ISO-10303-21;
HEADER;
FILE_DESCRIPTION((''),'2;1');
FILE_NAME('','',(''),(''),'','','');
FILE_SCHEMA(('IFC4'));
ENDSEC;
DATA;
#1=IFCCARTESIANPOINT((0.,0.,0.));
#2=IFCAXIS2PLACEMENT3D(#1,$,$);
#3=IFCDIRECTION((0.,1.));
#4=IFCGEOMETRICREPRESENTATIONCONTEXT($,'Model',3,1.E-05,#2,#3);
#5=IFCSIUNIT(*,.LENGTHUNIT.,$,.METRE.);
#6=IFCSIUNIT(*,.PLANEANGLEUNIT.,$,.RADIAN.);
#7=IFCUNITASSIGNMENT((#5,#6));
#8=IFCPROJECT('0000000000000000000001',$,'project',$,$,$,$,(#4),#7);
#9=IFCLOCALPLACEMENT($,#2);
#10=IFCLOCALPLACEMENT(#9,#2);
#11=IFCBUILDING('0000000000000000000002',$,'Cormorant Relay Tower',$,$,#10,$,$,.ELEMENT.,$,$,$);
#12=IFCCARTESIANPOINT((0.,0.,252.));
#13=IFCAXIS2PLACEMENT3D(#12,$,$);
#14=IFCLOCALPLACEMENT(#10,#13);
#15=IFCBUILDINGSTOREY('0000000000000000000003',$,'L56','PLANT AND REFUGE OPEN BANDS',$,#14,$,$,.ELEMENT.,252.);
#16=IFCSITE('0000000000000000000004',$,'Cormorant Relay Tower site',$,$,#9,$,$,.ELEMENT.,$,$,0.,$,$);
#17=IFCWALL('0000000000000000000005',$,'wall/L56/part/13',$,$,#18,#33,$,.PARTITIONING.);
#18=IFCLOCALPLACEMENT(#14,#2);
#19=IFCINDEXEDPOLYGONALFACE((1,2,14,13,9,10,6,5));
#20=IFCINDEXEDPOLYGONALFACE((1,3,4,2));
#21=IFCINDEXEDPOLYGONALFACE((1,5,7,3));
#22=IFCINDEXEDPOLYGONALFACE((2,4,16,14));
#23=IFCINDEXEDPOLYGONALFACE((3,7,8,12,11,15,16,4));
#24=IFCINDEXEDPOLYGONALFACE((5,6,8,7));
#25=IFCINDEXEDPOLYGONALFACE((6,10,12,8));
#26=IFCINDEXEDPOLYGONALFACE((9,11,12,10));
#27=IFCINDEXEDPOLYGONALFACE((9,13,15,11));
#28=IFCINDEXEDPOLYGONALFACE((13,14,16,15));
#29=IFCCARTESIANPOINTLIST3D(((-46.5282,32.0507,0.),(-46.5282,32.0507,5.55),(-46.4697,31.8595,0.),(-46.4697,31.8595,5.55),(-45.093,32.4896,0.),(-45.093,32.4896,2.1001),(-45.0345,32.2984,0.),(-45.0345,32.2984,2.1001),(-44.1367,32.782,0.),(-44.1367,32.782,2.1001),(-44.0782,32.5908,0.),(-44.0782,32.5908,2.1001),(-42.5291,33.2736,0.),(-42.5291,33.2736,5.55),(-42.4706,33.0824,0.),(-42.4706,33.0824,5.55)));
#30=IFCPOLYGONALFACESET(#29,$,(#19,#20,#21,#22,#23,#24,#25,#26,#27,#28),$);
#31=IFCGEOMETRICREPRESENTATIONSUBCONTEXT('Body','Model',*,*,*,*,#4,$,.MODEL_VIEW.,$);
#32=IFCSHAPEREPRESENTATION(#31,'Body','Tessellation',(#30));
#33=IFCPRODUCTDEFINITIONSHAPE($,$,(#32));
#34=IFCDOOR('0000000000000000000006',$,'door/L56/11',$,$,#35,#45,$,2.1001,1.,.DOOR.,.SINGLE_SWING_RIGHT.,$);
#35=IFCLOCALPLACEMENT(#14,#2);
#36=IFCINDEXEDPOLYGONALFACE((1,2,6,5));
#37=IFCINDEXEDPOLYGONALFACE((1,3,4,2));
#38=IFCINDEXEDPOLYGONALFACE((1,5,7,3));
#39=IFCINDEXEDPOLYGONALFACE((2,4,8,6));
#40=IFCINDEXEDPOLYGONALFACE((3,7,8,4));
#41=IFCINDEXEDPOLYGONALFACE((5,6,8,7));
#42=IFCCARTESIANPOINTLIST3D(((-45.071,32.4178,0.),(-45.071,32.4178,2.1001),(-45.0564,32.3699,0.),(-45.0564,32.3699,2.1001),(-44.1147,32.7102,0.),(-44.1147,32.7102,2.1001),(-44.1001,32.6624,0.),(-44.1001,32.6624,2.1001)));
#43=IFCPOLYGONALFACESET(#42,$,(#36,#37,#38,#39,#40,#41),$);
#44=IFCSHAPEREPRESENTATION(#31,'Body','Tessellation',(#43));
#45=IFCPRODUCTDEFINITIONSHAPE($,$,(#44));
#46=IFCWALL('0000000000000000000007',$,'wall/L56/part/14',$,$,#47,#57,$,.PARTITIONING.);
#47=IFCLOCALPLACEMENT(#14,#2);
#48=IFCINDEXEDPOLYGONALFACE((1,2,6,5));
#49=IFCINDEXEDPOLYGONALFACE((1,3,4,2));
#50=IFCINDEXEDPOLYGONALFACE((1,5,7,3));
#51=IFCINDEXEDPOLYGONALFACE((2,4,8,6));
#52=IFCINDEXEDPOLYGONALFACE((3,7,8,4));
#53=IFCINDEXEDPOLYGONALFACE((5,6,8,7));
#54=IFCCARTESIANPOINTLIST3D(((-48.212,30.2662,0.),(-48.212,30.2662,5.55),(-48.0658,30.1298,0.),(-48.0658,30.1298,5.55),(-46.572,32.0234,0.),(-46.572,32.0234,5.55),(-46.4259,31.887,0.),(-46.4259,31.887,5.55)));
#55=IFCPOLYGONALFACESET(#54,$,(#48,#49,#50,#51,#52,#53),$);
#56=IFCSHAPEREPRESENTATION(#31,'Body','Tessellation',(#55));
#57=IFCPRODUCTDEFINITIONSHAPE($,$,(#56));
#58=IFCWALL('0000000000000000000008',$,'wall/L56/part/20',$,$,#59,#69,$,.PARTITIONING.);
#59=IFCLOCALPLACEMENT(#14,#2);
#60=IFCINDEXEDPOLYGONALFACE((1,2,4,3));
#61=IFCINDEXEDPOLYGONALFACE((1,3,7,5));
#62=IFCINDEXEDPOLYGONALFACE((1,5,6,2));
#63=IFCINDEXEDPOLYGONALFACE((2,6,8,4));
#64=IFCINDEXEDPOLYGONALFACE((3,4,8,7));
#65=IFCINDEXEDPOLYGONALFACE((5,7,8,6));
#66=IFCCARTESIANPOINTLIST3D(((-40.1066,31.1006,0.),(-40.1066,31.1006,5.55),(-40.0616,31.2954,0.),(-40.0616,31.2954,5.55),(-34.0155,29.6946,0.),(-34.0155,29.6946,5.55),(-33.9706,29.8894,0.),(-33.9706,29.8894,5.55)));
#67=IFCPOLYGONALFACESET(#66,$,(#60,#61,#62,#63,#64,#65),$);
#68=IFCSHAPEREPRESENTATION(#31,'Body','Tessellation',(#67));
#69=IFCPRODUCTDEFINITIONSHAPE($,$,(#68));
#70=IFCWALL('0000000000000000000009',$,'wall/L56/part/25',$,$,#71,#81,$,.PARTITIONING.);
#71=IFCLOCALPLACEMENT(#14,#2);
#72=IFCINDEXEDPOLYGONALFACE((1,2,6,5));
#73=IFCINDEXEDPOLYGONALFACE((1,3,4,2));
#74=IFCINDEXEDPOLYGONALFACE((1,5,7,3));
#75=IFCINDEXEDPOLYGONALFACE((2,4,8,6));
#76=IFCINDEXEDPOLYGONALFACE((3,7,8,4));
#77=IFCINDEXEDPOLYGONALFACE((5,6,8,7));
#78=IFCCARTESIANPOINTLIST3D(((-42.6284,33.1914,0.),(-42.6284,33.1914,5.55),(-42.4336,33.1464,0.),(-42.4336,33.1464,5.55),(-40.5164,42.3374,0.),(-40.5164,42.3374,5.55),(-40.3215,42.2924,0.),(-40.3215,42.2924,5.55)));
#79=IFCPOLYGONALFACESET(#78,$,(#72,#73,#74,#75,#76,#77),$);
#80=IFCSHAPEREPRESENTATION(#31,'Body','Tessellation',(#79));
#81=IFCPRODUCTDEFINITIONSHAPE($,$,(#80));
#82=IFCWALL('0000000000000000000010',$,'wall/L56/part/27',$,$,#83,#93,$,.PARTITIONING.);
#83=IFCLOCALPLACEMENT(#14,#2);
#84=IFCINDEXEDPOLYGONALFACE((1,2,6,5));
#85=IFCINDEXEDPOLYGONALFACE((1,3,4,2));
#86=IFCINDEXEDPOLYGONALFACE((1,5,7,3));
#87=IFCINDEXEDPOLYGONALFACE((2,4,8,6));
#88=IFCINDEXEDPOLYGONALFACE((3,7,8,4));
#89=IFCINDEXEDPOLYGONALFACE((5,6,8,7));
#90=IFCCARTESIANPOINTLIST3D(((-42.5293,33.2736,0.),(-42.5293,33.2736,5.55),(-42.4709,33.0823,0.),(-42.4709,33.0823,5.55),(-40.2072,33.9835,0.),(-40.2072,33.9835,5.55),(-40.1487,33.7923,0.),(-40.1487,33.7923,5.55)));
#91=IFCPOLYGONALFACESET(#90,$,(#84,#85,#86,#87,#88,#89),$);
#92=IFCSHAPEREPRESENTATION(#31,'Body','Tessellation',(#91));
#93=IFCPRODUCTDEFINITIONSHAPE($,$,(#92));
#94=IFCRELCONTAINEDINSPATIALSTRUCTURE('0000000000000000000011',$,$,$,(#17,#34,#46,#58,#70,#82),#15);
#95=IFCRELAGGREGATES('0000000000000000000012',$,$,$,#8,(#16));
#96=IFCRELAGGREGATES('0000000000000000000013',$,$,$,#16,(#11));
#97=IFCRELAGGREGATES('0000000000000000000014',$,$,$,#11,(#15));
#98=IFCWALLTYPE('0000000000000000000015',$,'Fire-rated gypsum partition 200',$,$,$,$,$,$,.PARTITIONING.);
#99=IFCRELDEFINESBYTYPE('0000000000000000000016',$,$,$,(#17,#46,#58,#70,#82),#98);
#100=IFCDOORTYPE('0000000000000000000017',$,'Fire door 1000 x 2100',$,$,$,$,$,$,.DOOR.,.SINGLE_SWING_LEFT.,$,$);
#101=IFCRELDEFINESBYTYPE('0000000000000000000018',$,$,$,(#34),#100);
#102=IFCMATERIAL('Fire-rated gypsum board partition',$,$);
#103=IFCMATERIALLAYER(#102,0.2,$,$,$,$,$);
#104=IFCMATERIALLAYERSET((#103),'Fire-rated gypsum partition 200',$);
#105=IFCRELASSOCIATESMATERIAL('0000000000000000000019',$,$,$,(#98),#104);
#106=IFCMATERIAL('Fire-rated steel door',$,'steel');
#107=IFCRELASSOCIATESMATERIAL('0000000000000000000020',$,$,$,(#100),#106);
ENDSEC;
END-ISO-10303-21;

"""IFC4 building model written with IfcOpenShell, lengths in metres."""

from ifc_helpers import new_model, si_unit, direction, frame, frame_2d, origin, place, context, subcontext, project, spatial, rectangle, extrude, material, layer, layer_set, type_object, element, fill, save


model = new_model("IFC4")

# Units and contexts
model_context = context("Model", 3, precision=1e-05, world=origin(), true_north=direction((0.0, 1.0)))
body_context = subcontext(model_context, "Body", "Model", "MODEL_VIEW")
ifc_project = project(units=[si_unit("LENGTHUNIT", "METRE"), si_unit("PLANEANGLEUNIT", "RADIAN")], contexts=[model_context])

# Site, building, storey
site_placement = place(None, origin())
site = spatial("IfcSite", under=ifc_project, at=site_placement, Name="Cormorant Relay Tower site", CompositionType="ELEMENT", RefElevation=0.0)
building_placement = place(site_placement, origin())
building = spatial("IfcBuilding", under=site, at=building_placement, Name="Cormorant Relay Tower", CompositionType="ELEMENT")
storey_placement = place(building_placement, frame((0.0, 0.0, 252.0)))
storey = spatial("IfcBuildingStorey", under=building, at=storey_placement, Name="L56", Description="PLANT AND REFUGE OPEN BANDS", CompositionType="ELEMENT", Elevation=252.0)

# Shared definitions
ifc_material_1 = material(Name="Fire-rated gypsum board partition")
ifc_layer_1 = layer(ifc_material_1, 0.2)
ifc_layer_set_1 = layer_set([ifc_layer_1], Name="Fire-rated gypsum partition 200")
wall_type = type_object("IfcWallType", Name="Fire-rated gypsum partition 200", PredefinedType="PARTITIONING", material=ifc_layer_set_1)

# Wall, opening, door
wall_1_placement = place(storey_placement, frame((-42.5, 33.178, 0.0), z_axis=(0.0, 0.0, 1.0), x_axis=(-0.956286, -0.292432, 0.0)))
wall_1 = element("IfcWall", 1, at=wall_1_placement, inside=storey, type_object=wall_type, Name="wall/L56/part/13", PredefinedType="PARTITIONING", context=body_context, shape_type="SweptSolid", body=[
    extrude(rectangle(XDim=4.1819, YDim=0.2, at=frame_2d((2.0908, 0.0))), origin(), (0.0, 0.0, 1.0), 5.55),
])
opening_placement = place(wall_1_placement, frame((1.6809, 0.0, 0.0)))
opening = element("IfcOpeningElement", 2, at=opening_placement, cuts=wall_1, PredefinedType="OPENING", context=body_context, shape_type="SweptSolid", body=[
    extrude(rectangle(XDim=1.0, YDim=2.1001, at=frame_2d((0.5, 1.05))), frame((0.0, 0.1099, 0.0), z_axis=(0.0, -1.0, 0.0), x_axis=(1.0, 0.0, 0.0)), (0.0, 0.0, 1.0), 0.22),
])
ifc_material_2 = material(Name="Fire-rated steel door", Category="steel")
door_type = type_object("IfcDoorType", Name="Fire door 1000 x 2100", OperationType="SINGLE_SWING_LEFT", PredefinedType="DOOR", material=ifc_material_2)
door_placement = place(opening_placement, frame((1.0, 0.0, 0.0), z_axis=(0.0, 0.0, 1.0), x_axis=(-1.0, 0.0, 0.0)))
door = element("IfcDoor", 3, at=door_placement, inside=storey, type_object=door_type, Name="door/L56/11", OperationType="SINGLE_SWING_RIGHT", OverallHeight=2.1001, OverallWidth=1.0, PredefinedType="DOOR", context=body_context, shape_type="SweptSolid", body=[
    extrude(rectangle(XDim=1.0, YDim=2.1001, at=frame_2d((0.5, 1.05))), frame((0.0, 0.0249, 0.0), z_axis=(0.0, -1.0, 0.0), x_axis=(1.0, 0.0, 0.0)), (0.0, 0.0, 1.0), 0.05),
])
fill(opening, door)

# Walls
wall_2_placement = place(storey_placement, frame((-46.499, 31.9551, 0.0), z_axis=(0.0, 0.0, 1.0), x_axis=(-0.682307, -0.731065, 0.0)))
element("IfcWall", 4, at=wall_2_placement, inside=storey, type_object=wall_type, Name="wall/L56/part/14", PredefinedType="PARTITIONING", context=body_context, shape_type="SweptSolid", body=[
    extrude(rectangle(XDim=2.4036, YDim=0.2, at=frame_2d((1.2017, 0.0))), origin(), (0.0, 0.0, 1.0), 5.55),
])
wall_3_placement = place(storey_placement, frame((-40.084, 31.198, 0.0), z_axis=(0.0, 0.0, 1.0), x_axis=(0.974378, -0.224917, 0.0)))
element("IfcWall", 5, at=wall_3_placement, inside=storey, type_object=wall_type, Name="wall/L56/part/20", PredefinedType="PARTITIONING", context=body_context, shape_type="SweptSolid", body=[
    extrude(rectangle(XDim=6.2512, YDim=0.2, at=frame_2d((3.1255, 0.0))), origin(), (0.0, 0.0, 1.0), 5.55),
])
wall_4_placement = place(storey_placement, frame((-40.4189, 42.3149, 0.0), z_axis=(0.0, 0.0, 1.0), x_axis=(-0.225006, -0.974357, 0.0)))
element("IfcWall", 6, at=wall_4_placement, inside=storey, type_object=wall_type, Name="wall/L56/part/25", PredefinedType="PARTITIONING", context=body_context, shape_type="SweptSolid", body=[
    extrude(rectangle(XDim=9.3867, YDim=0.2, at=frame_2d((4.6934, 0.0))), origin(), (0.0, 0.0, 1.0), 5.55),
])
wall_5_placement = place(storey_placement, frame((-40.178, 33.8879, 0.0), z_axis=(0.0, 0.0, 1.0), x_axis=(-0.956299, -0.29239, 0.0)))
element("IfcWall", 7, at=wall_5_placement, inside=storey, type_object=wall_type, Name="wall/L56/part/27", PredefinedType="PARTITIONING", context=body_context, shape_type="SweptSolid", body=[
    extrude(rectangle(XDim=2.4282, YDim=0.2, at=frame_2d((1.2141, 0.0))), origin(), (0.0, 0.0, 1.0), 5.55),
])

save(model, "model.ifc")
